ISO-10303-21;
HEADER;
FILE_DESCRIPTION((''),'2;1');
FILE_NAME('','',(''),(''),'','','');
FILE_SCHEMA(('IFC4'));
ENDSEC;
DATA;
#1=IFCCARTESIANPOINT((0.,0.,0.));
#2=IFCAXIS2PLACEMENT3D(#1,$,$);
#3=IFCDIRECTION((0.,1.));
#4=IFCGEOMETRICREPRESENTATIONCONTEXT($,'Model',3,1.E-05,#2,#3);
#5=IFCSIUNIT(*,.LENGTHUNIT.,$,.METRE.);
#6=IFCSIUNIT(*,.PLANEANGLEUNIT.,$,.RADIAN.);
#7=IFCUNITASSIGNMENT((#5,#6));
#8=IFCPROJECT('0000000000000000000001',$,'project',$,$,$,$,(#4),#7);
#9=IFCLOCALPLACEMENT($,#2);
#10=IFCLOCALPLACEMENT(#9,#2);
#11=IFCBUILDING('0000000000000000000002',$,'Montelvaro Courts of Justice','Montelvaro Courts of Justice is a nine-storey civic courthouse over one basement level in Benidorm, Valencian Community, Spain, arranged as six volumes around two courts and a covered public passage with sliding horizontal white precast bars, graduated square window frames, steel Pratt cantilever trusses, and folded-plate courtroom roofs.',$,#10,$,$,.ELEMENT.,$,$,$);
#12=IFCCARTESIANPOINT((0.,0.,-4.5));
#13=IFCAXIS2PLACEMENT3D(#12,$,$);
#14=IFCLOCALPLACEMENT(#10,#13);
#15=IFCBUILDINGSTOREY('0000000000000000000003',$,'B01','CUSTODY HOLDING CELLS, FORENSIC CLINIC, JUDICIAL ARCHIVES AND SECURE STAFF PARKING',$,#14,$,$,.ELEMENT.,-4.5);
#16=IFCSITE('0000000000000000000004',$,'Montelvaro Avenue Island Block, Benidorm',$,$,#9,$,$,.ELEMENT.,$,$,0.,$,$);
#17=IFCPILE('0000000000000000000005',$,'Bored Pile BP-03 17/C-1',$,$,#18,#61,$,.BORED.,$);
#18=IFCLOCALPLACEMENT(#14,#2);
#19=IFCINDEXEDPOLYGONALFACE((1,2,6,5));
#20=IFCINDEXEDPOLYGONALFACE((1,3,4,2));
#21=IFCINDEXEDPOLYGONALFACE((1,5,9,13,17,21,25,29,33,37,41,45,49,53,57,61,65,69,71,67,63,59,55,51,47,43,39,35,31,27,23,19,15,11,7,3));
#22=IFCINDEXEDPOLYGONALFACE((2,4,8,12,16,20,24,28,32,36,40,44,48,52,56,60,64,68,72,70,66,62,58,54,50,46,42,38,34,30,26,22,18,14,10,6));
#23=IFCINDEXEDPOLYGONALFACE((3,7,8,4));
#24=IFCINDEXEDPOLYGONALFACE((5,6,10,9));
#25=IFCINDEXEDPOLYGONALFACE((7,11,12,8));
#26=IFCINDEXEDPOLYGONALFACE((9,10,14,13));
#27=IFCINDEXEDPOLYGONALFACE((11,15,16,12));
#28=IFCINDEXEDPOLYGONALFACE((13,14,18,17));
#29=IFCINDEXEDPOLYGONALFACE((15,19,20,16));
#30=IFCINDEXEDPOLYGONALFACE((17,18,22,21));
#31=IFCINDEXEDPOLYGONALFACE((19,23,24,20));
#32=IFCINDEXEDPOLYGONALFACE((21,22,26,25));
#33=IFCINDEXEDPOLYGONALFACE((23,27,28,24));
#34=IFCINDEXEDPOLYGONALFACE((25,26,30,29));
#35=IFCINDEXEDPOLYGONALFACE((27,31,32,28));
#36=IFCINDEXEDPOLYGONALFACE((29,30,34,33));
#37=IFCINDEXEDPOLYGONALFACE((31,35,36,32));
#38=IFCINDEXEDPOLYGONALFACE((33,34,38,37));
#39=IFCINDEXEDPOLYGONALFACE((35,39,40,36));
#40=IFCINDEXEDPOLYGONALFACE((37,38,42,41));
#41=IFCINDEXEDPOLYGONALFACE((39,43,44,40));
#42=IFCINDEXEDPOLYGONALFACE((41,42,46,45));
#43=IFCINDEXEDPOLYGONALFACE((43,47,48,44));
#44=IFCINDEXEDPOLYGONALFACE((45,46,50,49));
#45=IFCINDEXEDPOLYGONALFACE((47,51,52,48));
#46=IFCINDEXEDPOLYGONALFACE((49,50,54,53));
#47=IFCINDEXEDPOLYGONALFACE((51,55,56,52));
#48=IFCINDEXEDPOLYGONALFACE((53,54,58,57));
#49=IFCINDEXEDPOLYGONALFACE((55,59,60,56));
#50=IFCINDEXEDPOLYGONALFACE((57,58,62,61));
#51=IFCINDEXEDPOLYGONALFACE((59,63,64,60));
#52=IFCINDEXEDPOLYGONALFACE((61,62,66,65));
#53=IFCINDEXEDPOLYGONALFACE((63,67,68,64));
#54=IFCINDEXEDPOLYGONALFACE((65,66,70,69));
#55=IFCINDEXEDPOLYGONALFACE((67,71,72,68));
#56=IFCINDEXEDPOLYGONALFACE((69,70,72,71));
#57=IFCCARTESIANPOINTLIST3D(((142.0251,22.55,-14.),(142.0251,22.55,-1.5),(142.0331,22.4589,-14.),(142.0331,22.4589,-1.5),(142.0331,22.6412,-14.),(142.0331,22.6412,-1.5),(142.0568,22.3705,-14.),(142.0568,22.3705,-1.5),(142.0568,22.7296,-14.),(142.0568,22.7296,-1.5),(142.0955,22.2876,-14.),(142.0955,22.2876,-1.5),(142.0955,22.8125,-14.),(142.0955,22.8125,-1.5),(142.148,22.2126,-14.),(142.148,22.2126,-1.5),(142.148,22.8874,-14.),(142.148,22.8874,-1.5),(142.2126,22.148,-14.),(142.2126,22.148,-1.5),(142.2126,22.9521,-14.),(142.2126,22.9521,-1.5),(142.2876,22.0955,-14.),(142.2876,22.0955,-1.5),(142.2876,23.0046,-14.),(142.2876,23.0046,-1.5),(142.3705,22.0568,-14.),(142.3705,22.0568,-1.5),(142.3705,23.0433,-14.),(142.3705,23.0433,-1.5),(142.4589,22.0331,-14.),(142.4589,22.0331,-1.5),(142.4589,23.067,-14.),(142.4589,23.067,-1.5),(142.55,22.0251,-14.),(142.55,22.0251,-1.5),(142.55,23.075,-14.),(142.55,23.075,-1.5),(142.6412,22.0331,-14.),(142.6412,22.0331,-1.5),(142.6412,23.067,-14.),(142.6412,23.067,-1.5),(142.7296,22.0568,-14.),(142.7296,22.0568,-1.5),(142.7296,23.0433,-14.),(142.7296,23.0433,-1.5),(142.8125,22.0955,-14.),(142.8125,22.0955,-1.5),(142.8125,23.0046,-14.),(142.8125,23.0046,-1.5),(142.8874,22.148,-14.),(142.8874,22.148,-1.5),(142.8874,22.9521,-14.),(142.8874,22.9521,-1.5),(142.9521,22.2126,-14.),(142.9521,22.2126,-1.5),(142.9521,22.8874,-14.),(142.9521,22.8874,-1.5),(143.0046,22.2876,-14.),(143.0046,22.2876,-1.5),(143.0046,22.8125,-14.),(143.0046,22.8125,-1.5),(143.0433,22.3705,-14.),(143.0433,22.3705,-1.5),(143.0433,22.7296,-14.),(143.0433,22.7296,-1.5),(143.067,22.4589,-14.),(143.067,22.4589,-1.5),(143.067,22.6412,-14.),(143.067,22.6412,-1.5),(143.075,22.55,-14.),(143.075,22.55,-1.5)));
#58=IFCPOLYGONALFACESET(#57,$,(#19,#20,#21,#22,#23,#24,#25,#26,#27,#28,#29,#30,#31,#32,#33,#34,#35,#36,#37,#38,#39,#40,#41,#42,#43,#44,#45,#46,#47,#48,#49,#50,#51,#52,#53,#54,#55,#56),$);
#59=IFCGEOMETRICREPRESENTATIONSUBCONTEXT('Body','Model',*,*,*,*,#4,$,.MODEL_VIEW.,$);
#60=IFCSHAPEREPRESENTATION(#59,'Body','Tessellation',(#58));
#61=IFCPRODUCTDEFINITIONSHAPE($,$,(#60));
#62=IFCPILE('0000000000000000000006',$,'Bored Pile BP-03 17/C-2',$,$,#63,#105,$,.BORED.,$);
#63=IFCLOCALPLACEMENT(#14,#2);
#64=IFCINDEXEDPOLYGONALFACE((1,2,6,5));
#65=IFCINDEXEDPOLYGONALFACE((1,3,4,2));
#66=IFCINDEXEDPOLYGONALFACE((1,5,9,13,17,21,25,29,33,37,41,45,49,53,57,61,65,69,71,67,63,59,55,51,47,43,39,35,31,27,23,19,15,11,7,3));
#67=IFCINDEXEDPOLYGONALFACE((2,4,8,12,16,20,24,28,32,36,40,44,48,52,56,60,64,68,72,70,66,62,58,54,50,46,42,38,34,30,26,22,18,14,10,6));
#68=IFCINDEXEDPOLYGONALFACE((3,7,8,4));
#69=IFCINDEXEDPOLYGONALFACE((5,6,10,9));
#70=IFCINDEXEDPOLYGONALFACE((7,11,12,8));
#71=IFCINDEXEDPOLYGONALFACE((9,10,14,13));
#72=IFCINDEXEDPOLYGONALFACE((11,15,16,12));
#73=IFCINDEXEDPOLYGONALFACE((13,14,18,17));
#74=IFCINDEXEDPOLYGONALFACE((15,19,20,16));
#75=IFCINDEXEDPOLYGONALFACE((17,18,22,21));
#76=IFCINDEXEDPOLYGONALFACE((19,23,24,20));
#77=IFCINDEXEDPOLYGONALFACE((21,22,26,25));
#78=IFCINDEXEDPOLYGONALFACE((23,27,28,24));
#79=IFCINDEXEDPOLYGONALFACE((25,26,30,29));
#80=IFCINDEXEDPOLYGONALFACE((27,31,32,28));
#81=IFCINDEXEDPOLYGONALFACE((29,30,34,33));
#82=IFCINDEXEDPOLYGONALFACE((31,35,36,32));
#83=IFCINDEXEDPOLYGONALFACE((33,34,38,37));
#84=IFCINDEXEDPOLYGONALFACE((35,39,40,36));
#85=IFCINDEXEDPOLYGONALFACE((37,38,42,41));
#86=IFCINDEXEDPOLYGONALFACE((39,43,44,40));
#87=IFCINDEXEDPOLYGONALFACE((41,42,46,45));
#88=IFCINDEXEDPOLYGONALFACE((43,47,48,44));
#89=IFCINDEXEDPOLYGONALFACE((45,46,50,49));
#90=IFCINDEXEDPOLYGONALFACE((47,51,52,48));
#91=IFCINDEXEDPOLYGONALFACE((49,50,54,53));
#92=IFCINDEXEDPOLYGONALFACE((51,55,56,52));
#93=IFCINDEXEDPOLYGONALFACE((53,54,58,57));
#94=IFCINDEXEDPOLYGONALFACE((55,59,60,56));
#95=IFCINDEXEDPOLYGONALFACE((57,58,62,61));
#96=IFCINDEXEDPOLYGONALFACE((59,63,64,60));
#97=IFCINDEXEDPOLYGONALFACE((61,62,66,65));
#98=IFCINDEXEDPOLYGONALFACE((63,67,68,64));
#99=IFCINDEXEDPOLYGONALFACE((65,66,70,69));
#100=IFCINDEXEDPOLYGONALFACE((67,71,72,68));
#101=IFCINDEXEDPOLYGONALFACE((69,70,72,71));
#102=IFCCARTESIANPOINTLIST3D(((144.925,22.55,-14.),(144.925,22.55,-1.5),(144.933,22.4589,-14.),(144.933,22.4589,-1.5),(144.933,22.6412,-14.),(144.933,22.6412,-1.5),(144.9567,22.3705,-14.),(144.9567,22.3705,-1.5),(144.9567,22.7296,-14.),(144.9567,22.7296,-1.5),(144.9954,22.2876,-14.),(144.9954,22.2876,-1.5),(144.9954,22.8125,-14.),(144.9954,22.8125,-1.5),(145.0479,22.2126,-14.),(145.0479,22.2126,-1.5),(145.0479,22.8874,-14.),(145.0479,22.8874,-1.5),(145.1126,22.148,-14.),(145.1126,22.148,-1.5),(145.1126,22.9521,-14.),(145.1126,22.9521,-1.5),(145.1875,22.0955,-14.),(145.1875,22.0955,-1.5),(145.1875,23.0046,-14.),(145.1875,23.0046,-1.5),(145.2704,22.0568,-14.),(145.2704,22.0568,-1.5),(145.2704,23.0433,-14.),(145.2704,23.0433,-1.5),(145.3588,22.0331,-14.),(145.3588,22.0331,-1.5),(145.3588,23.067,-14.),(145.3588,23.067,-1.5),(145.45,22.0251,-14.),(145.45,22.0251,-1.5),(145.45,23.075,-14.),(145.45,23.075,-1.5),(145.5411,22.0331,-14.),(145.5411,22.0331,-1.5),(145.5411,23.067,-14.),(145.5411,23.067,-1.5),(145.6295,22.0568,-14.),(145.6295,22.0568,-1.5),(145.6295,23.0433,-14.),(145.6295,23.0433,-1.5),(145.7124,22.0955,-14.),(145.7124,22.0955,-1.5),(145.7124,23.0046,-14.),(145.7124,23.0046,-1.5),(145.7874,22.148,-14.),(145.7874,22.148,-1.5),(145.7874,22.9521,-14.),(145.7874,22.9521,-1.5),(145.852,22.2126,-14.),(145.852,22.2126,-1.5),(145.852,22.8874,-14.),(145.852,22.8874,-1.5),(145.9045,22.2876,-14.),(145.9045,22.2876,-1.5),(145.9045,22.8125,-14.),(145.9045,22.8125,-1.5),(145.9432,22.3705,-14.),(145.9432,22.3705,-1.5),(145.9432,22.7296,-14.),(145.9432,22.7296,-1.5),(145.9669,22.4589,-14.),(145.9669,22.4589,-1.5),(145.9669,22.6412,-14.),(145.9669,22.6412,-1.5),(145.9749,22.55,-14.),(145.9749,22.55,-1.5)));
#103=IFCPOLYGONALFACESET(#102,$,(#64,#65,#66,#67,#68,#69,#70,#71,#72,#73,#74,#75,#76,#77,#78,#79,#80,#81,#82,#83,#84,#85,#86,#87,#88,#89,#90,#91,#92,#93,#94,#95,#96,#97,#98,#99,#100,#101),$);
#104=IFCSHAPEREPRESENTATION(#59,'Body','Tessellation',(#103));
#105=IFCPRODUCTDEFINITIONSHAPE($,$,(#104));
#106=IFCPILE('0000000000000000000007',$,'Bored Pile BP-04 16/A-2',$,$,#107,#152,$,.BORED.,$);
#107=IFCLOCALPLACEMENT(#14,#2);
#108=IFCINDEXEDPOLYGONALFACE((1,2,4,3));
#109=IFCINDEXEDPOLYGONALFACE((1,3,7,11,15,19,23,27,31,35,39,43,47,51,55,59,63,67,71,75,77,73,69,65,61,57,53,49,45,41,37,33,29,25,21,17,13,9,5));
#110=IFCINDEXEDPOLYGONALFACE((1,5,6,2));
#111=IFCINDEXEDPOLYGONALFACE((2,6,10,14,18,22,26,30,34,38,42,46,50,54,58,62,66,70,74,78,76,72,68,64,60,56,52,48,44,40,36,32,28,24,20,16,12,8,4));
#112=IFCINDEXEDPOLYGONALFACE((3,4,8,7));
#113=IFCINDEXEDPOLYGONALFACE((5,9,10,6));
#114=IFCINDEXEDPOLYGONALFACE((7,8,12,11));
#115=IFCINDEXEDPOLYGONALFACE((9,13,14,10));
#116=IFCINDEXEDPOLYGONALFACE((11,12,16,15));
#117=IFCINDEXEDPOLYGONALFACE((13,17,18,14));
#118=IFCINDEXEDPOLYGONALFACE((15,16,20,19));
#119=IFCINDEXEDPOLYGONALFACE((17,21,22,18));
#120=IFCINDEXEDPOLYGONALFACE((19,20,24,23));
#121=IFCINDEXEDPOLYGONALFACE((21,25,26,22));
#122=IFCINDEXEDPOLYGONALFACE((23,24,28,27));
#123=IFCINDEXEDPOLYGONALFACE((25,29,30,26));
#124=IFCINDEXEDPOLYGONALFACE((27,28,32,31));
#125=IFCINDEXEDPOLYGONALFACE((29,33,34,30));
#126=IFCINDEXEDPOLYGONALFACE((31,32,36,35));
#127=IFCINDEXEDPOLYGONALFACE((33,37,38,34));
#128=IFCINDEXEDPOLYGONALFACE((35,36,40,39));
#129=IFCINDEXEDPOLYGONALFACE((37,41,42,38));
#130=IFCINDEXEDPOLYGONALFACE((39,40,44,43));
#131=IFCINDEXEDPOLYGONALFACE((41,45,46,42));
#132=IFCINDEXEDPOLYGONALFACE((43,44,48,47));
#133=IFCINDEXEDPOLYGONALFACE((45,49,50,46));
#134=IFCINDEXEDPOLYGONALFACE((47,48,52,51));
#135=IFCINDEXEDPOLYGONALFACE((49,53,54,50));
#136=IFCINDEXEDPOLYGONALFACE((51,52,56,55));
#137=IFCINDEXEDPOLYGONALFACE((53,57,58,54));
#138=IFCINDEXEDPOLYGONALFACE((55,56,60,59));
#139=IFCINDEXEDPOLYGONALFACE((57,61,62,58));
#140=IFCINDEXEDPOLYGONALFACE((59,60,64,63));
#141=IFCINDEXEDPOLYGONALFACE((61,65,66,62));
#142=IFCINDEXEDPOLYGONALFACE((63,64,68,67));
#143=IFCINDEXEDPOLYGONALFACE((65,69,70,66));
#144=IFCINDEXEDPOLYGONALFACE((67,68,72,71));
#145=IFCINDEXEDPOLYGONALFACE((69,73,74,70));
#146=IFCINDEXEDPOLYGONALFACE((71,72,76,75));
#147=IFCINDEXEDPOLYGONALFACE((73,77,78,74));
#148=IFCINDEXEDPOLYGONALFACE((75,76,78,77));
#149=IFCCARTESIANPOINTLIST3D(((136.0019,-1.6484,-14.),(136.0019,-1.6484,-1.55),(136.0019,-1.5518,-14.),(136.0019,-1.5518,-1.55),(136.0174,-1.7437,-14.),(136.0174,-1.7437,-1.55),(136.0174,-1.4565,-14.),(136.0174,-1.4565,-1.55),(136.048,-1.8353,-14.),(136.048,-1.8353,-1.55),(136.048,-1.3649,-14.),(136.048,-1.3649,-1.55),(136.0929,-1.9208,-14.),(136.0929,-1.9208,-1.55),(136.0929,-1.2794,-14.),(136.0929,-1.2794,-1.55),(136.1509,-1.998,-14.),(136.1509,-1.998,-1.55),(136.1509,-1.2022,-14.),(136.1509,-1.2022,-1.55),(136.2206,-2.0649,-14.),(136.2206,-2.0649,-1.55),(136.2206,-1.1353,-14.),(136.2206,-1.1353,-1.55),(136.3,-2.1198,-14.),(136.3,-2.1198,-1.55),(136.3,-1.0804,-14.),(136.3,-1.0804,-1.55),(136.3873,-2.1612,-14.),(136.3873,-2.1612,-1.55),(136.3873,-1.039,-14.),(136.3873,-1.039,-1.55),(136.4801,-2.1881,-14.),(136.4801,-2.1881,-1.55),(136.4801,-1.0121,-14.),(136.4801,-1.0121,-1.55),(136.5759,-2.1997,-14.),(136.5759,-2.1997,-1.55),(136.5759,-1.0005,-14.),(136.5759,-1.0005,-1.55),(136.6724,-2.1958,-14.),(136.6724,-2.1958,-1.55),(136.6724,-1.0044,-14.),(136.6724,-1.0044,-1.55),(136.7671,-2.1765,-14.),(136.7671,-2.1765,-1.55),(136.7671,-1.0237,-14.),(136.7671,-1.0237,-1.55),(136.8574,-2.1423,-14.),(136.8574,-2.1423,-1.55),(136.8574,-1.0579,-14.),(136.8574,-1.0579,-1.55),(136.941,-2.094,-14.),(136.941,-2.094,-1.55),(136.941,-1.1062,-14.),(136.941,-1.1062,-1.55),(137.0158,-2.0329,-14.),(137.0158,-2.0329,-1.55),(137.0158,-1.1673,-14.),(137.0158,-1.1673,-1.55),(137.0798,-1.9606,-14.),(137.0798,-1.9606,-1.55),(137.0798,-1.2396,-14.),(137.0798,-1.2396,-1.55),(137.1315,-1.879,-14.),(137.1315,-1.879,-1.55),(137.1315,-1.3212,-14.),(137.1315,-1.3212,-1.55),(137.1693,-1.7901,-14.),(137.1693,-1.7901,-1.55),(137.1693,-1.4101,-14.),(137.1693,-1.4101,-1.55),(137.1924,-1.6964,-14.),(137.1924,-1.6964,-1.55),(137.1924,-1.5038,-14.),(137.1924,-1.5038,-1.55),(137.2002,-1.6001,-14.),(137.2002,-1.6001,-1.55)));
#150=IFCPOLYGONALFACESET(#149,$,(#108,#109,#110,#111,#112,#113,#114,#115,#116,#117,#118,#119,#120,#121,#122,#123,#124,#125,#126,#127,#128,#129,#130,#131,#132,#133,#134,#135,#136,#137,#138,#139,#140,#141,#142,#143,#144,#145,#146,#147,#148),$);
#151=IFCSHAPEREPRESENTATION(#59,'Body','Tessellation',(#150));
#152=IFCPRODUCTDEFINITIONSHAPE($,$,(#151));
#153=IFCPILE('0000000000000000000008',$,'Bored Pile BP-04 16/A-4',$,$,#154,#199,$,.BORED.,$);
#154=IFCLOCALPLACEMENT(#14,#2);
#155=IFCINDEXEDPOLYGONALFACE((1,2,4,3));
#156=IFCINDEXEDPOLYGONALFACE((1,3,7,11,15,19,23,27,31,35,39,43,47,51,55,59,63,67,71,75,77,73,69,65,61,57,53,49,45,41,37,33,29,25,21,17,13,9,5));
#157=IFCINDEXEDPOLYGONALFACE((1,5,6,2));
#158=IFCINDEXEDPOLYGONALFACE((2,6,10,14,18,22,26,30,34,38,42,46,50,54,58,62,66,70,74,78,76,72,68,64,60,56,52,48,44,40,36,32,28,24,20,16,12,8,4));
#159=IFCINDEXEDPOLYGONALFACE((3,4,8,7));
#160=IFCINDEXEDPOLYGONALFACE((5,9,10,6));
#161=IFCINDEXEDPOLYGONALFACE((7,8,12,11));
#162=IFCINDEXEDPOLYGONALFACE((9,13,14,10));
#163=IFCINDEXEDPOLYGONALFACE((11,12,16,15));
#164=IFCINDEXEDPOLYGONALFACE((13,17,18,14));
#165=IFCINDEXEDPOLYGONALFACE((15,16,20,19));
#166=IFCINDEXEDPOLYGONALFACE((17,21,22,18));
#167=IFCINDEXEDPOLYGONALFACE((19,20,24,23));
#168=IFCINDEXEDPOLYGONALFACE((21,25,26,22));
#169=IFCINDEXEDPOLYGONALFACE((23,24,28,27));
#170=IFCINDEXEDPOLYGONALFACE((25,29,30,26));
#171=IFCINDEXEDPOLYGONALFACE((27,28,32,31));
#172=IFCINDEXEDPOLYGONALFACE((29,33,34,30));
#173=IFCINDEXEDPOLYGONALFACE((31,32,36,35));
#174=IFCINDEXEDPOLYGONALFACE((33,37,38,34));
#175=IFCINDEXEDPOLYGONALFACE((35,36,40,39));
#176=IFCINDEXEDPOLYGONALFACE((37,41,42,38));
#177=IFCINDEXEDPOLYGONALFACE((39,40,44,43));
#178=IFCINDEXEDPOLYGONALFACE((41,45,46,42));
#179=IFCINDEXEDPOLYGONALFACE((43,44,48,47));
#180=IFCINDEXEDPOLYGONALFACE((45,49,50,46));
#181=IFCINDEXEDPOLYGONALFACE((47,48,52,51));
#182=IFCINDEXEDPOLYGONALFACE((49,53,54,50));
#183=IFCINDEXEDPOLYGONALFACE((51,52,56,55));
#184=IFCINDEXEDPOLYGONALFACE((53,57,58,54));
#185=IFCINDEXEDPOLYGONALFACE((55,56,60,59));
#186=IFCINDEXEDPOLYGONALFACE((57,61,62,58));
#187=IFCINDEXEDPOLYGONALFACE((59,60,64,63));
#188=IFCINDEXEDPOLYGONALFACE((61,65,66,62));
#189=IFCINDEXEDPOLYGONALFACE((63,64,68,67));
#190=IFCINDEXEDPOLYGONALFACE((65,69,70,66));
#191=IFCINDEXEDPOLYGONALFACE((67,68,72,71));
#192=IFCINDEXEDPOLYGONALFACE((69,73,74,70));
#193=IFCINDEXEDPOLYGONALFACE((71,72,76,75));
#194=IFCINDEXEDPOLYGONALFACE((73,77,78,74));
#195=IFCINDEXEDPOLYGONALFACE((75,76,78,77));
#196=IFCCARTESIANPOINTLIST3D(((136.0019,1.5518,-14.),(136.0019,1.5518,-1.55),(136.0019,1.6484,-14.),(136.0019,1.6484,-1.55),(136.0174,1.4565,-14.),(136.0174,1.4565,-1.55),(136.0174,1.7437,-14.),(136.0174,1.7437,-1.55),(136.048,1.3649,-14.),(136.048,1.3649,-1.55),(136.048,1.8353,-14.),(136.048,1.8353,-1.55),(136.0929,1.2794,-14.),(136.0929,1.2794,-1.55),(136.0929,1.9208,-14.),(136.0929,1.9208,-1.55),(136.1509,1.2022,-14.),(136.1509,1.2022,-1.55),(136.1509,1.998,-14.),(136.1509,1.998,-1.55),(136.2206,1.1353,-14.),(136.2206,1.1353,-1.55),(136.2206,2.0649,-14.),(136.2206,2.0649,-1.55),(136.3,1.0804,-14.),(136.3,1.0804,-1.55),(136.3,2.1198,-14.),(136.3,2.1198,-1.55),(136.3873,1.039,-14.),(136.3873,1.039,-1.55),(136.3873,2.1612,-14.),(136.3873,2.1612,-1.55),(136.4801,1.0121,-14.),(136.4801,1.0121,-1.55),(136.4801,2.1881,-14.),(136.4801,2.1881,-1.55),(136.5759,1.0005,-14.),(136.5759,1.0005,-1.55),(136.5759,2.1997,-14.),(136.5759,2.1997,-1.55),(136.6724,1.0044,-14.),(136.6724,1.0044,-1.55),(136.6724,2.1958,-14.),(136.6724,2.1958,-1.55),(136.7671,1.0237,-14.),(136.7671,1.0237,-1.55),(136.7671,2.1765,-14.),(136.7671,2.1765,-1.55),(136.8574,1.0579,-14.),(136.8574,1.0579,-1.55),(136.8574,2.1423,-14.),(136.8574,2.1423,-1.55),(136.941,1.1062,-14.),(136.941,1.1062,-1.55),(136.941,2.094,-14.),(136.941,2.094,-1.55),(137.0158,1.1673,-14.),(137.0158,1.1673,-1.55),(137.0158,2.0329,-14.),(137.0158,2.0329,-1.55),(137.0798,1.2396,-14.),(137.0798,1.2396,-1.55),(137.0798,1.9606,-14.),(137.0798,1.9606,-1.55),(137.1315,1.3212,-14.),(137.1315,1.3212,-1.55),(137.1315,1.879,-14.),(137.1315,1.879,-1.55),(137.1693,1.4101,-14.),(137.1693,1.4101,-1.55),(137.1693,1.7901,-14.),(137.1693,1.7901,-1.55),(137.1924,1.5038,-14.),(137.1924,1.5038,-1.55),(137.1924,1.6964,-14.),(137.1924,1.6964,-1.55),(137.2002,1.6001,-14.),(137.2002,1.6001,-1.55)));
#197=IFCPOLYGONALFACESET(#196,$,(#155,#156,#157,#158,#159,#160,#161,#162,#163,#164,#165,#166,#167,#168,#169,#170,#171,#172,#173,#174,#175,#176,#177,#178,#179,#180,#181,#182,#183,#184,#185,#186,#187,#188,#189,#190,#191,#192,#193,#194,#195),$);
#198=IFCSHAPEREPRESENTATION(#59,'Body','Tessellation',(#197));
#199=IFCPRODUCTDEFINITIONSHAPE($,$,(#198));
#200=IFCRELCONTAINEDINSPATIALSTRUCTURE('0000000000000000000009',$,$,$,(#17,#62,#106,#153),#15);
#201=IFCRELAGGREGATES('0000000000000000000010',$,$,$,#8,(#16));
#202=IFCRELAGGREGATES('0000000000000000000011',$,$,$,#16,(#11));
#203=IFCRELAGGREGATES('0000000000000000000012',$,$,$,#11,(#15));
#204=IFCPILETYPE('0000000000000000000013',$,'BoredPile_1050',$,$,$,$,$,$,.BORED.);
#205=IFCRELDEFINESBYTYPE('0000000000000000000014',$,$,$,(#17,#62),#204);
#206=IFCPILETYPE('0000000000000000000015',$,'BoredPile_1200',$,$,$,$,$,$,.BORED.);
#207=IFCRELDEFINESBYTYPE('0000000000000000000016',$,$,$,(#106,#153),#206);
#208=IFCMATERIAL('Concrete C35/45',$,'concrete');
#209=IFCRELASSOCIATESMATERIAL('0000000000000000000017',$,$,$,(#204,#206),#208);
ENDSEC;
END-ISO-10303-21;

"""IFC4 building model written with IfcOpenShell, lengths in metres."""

from ifc_helpers import new_model, si_unit, direction, frame, origin, origin_2d, place, context, subcontext, project, spatial, circle, extrude, material, material_profile, profile_set, type_object, element, save


model = new_model("IFC4")

# Units and contexts
model_context = context("Model", 3, precision=1e-05, world=origin(), true_north=direction((0.0, 1.0)))
body_context = subcontext(model_context, "Body", "Model", "MODEL_VIEW")
ifc_project = project(units=[si_unit("LENGTHUNIT", "METRE"), si_unit("PLANEANGLEUNIT", "RADIAN")], contexts=[model_context])

# Site, building, storey
site_placement = place(None, origin())
site = spatial("IfcSite", under=ifc_project, at=site_placement, Name="Montelvaro Avenue Island Block, Benidorm", CompositionType="ELEMENT", RefElevation=0.0)
building_placement = place(site_placement, origin())
building = spatial("IfcBuilding", under=site, at=building_placement, Name="Montelvaro Courts of Justice", Description="Montelvaro Courts of Justice is a nine-storey civic courthouse over one basement level in Benidorm, Valencian Community, Spain, arranged as six volumes around two courts and a covered public passage with sliding horizontal white precast bars, graduated square window frames, steel Pratt cantilever trusses, and folded-plate courtroom roofs.", CompositionType="ELEMENT")
storey_placement = place(building_placement, frame((0.0, 0.0, -4.5)))
storey = spatial("IfcBuildingStorey", under=building, at=storey_placement, Name="B01", Description="CUSTODY HOLDING CELLS, FORENSIC CLINIC, JUDICIAL ARCHIVES AND SECURE STAFF PARKING", CompositionType="ELEMENT", Elevation=-4.5)

# Piles
ifc_material_1 = material(Name="Concrete C35/45", Category="concrete")
ifc_material_profile_1 = material_profile(ifc_material_1, circle(Radius=0.5249, at=origin_2d()), Name="BORED PILE D1050")
ifc_profile_set_1 = profile_set([ifc_material_profile_1], Name="Concrete C35/45")
pile_type_1 = type_object("IfcPileType", Name="BoredPile_1050", PredefinedType="BORED", material=ifc_profile_set_1)
for number, where, z_axis, x_axis, name in (
    (1, (142.55, 22.55, -1.5), (0.0, 0.0, -1.0), (1.0, 0.0, 0.0), "Bored Pile BP-03 17/C-1"),
    (2, (145.45, 22.55, -1.5), (0.0, 0.0, -1.0), (1.0, 0.0, 0.0), "Bored Pile BP-03 17/C-2"),
):
    element("IfcPile", number, at=place(storey_placement, frame(where, z_axis=z_axis, x_axis=x_axis)), inside=storey, type_object=pile_type_1, Name=name, PredefinedType="BORED", context=body_context, shape_type="SweptSolid", body=[
        extrude(circle(Radius=0.5249, at=origin_2d()), origin(), (0.0, 0.0, 1.0), 12.5),
    ])
ifc_material_profile_2 = material_profile(ifc_material_1, circle(Radius=0.6001, at=origin_2d()), Name="BORED PILE D1200")
ifc_profile_set_2 = profile_set([ifc_material_profile_2], Name="Concrete C35/45")
pile_type_2 = type_object("IfcPileType", Name="BoredPile_1200", PredefinedType="BORED", material=ifc_profile_set_2)
for number, where, z_axis, x_axis, name in (
    (3, (136.6001, -1.6001, -1.55), (0.0, 0.0, -1.0), (1.0, 0.0, 0.0), "Bored Pile BP-04 16/A-2"),
    (4, (136.6001, 1.6001, -1.55), (0.0, 0.0, -1.0), (1.0, 0.0, 0.0), "Bored Pile BP-04 16/A-4"),
):
    element("IfcPile", number, at=place(storey_placement, frame(where, z_axis=z_axis, x_axis=x_axis)), inside=storey, type_object=pile_type_2, Name=name, PredefinedType="BORED", context=body_context, shape_type="SweptSolid", body=[
        extrude(circle(Radius=0.6001, at=origin_2d()), origin(), (0.0, 0.0, 1.0), 12.45),
    ])

save(model, "model.ifc")
